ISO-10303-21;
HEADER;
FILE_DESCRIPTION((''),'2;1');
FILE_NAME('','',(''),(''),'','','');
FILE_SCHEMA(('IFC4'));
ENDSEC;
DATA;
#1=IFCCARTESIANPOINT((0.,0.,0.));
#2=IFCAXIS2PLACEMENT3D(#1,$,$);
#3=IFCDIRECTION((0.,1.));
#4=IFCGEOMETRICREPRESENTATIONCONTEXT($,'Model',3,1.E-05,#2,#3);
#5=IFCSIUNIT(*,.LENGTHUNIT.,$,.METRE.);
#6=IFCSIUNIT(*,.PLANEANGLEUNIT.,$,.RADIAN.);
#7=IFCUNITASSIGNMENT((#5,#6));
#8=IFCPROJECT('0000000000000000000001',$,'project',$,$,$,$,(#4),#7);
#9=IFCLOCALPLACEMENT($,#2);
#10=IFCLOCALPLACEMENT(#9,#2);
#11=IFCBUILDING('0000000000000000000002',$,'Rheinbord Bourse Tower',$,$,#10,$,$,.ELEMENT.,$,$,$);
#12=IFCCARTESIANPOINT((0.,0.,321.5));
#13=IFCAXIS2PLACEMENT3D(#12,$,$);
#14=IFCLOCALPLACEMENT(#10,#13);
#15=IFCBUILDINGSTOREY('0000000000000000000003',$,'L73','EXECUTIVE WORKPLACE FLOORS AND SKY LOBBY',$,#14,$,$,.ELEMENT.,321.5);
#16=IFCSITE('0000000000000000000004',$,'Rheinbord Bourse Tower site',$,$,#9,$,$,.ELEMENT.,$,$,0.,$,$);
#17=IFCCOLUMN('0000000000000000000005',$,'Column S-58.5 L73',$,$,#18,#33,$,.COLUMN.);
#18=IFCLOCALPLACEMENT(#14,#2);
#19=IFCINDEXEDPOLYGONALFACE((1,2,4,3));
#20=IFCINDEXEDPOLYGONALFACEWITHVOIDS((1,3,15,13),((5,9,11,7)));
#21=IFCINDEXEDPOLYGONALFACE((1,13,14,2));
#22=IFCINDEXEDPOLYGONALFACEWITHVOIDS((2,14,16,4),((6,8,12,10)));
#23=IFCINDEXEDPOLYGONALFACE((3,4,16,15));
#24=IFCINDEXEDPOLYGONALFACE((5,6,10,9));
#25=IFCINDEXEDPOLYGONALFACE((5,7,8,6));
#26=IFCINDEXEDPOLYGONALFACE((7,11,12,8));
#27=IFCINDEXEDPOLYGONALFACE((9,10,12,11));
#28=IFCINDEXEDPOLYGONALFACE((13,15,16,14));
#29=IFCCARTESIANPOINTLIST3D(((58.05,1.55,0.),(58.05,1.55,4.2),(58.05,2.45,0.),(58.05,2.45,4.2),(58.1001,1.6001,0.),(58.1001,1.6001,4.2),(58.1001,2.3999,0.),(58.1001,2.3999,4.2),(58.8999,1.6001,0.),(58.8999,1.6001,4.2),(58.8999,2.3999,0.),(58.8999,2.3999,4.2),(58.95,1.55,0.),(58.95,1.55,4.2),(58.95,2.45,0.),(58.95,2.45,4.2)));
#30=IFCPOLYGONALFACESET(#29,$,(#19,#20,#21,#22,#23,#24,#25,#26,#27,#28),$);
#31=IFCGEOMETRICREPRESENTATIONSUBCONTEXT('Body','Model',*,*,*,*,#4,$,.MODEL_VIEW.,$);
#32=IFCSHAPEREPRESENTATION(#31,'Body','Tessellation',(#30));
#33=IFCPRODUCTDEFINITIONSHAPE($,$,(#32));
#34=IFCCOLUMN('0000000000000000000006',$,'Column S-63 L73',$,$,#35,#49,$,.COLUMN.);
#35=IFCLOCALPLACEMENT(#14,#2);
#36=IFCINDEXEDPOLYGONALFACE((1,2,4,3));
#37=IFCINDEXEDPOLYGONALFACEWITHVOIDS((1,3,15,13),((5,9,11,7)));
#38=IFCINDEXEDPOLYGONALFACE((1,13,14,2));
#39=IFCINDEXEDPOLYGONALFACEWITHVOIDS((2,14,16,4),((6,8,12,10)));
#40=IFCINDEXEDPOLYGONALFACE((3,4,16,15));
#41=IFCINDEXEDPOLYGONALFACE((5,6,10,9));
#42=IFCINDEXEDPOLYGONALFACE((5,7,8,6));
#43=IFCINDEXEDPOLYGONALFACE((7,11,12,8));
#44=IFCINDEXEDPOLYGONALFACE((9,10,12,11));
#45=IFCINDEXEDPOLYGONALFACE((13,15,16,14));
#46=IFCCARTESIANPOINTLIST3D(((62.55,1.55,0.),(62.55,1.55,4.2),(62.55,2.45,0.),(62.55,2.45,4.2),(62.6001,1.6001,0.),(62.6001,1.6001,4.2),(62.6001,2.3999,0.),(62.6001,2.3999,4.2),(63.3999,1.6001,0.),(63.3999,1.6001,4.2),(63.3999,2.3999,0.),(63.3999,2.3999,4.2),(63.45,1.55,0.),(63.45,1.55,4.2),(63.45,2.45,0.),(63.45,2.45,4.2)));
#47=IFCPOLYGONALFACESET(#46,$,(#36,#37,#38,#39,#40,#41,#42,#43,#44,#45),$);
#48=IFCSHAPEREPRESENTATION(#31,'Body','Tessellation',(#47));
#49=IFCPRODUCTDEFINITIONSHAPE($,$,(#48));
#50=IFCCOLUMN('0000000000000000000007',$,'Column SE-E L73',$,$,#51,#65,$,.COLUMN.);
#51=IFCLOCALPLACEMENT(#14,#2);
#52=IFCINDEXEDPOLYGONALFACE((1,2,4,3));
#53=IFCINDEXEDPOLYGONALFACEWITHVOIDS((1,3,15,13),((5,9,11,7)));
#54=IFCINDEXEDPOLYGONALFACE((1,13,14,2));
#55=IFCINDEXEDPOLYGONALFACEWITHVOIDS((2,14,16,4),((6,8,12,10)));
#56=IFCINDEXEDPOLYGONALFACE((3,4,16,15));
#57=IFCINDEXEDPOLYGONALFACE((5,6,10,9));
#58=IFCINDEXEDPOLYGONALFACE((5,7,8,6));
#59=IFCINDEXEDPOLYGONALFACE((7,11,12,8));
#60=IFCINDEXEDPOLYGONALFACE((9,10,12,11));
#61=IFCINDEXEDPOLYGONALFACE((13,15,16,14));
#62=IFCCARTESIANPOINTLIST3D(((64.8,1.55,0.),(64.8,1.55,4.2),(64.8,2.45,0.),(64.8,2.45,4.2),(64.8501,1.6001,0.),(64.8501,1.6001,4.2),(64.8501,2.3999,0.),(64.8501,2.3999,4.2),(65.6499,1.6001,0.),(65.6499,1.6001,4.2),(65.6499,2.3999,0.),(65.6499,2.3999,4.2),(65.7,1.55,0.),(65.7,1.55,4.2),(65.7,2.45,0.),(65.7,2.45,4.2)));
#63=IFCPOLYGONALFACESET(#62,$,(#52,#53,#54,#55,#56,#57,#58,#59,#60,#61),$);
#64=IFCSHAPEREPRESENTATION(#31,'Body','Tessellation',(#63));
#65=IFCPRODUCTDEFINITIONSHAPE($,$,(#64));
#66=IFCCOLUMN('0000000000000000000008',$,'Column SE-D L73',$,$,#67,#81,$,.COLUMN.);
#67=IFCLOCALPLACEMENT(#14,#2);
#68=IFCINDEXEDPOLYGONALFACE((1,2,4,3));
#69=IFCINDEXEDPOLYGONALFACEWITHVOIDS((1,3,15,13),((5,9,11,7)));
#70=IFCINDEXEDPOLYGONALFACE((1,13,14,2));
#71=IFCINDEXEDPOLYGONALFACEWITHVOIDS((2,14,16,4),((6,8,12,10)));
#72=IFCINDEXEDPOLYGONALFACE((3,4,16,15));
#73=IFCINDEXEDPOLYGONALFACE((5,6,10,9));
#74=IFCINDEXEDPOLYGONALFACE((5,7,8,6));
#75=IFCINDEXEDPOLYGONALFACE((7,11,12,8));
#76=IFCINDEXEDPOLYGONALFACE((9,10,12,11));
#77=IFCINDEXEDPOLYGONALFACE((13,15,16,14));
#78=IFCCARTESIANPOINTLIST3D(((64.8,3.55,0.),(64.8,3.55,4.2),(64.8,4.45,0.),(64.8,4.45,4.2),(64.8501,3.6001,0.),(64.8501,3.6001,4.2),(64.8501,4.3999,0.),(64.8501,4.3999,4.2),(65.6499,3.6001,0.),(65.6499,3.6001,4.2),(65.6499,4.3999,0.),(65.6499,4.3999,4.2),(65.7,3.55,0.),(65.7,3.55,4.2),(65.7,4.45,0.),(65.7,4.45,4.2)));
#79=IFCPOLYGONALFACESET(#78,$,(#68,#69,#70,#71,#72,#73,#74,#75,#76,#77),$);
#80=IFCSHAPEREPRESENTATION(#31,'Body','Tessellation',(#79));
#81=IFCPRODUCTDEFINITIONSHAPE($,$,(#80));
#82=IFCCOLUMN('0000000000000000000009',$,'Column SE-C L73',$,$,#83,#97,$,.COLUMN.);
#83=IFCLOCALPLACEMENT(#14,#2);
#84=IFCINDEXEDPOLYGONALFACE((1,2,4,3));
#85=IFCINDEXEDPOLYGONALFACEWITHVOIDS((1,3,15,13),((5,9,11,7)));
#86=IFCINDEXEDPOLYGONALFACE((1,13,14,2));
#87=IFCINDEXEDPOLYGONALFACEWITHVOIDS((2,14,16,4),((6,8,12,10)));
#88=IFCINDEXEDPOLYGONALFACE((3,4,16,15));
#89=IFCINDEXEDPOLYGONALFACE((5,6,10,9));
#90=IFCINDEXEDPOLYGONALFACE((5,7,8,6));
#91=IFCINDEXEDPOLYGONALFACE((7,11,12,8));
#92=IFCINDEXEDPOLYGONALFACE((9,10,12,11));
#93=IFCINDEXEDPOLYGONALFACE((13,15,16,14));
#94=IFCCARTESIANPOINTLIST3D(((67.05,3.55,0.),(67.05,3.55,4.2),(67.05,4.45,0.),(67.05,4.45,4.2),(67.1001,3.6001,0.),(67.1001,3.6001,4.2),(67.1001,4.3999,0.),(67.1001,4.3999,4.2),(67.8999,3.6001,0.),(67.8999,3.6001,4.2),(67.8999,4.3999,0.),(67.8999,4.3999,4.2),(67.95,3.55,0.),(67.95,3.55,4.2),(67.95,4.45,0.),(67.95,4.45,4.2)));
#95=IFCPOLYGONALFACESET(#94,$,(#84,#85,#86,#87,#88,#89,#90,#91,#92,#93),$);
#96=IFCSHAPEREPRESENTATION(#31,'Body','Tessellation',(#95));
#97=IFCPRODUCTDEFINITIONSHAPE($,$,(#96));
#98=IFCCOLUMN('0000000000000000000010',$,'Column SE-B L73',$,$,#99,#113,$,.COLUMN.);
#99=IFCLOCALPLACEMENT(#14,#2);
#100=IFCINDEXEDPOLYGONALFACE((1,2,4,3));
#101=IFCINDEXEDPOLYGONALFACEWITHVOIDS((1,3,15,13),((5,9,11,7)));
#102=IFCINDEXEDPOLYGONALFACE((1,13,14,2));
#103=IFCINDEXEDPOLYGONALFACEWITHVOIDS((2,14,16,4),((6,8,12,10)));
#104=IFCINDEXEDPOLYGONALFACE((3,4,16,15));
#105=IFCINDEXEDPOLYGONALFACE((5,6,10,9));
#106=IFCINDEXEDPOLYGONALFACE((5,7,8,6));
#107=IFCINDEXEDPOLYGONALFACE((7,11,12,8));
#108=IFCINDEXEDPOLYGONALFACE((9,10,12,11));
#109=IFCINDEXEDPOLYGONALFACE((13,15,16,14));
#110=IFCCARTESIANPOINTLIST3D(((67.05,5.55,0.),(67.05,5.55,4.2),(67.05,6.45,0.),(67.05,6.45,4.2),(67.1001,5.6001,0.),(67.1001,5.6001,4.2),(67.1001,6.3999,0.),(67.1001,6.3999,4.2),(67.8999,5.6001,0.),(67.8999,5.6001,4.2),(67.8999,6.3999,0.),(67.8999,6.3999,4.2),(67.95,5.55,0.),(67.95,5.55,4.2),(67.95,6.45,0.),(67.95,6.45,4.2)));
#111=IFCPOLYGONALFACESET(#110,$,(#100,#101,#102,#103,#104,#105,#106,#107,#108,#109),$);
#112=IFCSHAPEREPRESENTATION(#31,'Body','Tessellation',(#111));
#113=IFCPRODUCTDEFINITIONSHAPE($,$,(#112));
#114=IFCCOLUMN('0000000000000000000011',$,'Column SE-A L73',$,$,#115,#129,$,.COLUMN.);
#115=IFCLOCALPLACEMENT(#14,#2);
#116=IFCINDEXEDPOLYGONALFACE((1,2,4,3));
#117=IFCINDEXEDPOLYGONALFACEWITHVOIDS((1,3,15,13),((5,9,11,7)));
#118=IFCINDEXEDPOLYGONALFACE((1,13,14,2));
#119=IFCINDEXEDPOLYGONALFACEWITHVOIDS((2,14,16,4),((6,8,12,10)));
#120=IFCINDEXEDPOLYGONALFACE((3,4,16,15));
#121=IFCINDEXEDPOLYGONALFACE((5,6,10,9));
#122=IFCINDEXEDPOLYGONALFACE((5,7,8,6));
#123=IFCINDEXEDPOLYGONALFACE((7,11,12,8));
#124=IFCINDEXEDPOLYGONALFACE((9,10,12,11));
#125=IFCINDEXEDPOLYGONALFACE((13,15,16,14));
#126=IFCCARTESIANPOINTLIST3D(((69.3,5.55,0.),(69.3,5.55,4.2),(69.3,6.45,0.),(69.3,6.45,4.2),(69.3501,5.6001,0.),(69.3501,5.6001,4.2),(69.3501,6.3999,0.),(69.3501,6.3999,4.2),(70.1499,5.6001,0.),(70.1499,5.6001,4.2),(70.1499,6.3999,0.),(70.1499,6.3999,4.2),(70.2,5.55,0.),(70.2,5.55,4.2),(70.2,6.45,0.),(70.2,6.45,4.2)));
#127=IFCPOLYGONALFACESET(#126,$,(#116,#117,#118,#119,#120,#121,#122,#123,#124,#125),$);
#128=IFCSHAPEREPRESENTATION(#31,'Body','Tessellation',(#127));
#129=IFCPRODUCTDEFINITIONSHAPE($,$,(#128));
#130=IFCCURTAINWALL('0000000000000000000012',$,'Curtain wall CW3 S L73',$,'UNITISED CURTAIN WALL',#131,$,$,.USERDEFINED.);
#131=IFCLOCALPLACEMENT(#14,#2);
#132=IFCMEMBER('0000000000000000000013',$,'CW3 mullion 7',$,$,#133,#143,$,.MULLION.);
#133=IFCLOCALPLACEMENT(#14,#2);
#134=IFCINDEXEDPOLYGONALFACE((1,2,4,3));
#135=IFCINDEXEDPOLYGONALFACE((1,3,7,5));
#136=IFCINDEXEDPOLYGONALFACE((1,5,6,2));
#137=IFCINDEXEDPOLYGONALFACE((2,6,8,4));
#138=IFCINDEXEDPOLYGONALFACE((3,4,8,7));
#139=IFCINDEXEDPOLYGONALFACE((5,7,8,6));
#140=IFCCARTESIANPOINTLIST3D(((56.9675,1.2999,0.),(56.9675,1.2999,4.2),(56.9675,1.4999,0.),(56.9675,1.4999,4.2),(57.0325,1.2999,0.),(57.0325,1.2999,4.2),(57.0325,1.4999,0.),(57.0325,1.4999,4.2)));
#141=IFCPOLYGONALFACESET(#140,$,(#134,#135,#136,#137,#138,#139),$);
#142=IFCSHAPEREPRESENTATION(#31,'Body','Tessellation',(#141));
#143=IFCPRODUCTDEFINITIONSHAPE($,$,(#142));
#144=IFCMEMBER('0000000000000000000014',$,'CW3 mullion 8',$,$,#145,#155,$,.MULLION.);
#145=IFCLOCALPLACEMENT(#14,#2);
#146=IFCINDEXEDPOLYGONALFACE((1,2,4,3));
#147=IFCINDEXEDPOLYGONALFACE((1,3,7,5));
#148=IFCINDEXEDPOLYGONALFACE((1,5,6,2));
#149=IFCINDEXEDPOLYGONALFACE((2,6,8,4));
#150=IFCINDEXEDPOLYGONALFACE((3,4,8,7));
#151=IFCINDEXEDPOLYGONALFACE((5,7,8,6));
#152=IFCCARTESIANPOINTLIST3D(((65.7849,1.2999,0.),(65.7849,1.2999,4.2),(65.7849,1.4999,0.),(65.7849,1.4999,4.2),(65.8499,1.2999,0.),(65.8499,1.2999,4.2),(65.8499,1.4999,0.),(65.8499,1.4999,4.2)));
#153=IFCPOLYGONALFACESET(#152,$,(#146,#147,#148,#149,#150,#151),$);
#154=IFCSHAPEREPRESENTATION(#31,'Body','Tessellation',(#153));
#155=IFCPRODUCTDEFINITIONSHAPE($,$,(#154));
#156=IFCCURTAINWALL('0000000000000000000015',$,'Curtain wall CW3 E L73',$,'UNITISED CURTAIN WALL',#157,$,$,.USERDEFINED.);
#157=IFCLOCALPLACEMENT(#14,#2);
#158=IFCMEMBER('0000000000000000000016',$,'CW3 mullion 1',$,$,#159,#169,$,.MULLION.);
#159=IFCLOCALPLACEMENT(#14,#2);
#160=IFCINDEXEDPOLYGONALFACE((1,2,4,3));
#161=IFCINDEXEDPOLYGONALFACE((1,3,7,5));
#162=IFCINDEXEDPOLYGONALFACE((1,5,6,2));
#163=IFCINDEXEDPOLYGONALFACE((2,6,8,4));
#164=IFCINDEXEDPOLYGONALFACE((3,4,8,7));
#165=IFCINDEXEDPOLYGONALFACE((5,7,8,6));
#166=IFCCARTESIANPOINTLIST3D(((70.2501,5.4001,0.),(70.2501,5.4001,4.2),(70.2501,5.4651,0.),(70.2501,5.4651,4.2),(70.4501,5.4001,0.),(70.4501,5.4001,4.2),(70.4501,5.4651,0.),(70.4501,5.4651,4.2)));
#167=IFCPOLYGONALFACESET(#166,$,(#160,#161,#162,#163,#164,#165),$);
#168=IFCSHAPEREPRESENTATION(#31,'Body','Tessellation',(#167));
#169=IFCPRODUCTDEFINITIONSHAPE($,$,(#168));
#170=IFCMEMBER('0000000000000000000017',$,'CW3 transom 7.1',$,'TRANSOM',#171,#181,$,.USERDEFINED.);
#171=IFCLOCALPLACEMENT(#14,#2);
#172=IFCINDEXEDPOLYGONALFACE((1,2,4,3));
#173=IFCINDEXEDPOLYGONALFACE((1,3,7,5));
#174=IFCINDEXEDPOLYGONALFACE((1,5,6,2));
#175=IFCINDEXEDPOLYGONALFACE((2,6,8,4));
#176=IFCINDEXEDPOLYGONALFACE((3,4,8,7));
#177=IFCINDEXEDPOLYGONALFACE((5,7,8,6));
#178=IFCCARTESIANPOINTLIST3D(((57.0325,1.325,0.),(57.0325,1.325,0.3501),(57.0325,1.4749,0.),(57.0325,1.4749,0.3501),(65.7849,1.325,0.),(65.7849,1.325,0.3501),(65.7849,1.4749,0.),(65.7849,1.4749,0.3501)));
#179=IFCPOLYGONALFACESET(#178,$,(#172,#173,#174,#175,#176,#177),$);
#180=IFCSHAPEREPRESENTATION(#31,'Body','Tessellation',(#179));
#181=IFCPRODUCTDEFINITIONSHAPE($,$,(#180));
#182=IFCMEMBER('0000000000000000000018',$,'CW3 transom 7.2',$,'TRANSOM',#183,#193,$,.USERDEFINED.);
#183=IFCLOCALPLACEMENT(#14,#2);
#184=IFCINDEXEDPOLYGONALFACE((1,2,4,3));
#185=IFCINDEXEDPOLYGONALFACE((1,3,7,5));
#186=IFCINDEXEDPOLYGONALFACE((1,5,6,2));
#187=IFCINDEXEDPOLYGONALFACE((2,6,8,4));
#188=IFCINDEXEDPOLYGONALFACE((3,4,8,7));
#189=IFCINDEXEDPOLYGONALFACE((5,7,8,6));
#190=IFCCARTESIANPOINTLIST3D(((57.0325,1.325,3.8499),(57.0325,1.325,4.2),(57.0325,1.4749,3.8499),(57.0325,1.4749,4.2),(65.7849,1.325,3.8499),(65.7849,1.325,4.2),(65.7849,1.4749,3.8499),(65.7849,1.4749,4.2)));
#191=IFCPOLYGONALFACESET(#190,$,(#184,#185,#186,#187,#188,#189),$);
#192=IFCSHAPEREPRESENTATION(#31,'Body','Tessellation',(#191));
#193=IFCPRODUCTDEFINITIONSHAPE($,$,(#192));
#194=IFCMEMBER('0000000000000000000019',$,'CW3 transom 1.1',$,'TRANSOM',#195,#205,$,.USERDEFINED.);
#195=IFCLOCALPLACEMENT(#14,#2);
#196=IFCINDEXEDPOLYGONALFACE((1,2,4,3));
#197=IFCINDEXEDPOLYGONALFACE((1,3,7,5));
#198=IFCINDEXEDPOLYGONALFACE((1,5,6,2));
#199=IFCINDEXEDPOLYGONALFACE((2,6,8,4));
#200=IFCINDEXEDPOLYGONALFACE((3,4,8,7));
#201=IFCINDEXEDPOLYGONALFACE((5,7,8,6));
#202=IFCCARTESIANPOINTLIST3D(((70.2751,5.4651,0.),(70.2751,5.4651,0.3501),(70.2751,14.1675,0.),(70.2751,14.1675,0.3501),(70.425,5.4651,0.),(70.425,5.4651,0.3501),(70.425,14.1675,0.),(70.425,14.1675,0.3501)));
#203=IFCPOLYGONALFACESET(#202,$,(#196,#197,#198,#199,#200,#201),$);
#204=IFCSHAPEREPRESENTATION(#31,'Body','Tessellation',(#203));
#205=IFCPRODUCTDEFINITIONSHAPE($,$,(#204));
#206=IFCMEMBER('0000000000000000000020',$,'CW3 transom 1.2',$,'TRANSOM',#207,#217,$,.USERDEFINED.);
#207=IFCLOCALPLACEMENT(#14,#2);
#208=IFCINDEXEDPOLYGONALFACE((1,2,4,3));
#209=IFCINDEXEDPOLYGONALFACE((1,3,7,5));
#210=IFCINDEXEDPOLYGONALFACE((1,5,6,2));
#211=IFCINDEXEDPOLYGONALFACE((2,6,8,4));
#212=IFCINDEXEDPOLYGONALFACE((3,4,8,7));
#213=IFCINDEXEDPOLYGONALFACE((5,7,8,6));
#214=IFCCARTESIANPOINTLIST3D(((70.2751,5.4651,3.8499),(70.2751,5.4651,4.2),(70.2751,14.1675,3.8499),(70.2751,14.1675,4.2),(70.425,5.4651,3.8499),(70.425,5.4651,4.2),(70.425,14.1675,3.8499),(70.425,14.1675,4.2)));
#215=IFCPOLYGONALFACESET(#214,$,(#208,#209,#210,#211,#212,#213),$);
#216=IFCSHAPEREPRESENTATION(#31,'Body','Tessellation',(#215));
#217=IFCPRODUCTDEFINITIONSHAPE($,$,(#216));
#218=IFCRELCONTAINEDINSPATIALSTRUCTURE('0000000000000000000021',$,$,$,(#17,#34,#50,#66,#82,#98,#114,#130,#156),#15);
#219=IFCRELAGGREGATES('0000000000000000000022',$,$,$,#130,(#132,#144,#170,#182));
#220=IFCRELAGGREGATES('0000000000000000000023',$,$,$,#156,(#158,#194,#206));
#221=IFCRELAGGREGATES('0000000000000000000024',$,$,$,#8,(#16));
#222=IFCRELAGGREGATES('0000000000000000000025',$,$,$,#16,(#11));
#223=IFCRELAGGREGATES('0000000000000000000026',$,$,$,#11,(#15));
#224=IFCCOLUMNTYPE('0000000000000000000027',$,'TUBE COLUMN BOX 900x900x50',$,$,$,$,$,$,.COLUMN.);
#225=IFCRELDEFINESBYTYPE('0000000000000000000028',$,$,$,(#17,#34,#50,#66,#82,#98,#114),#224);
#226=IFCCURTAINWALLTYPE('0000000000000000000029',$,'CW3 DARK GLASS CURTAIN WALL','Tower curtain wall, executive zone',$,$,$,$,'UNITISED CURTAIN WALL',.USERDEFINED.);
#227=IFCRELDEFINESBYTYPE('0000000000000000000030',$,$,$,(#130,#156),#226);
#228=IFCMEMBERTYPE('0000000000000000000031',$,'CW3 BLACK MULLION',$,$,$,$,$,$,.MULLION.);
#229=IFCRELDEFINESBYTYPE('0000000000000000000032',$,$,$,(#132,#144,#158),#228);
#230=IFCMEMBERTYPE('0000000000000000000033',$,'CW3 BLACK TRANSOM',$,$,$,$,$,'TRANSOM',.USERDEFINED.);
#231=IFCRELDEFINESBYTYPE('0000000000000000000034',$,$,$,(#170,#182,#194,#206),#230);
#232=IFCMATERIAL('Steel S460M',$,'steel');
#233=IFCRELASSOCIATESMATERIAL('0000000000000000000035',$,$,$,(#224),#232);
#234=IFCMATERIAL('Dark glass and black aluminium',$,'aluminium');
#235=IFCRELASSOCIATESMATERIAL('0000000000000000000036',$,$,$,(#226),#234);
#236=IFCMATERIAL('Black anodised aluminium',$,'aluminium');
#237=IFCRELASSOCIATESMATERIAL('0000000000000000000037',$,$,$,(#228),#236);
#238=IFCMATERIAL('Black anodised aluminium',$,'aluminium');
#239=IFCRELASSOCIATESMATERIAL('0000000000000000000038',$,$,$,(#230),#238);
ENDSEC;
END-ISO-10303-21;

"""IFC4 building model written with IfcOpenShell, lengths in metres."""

from ifc_helpers import new_model, si_unit, direction, frame, origin, origin_2d, place, context, subcontext, project, spatial, rectangle, hollow_rectangle, extrude, material, material_profile, profile_set, type_object, element, aggregate, save


model = new_model("IFC4")

# Units and contexts
model_context = context("Model", 3, precision=1e-05, world=origin(), true_north=direction((0.0, 1.0)))
body_context = subcontext(model_context, "Body", "Model", "MODEL_VIEW")
ifc_project = project(units=[si_unit("LENGTHUNIT", "METRE"), si_unit("PLANEANGLEUNIT", "RADIAN")], contexts=[model_context])

# Site, building, storey
site_placement = place(None, origin())
site = spatial("IfcSite", under=ifc_project, at=site_placement, Name="Rheinbord Bourse Tower site", CompositionType="ELEMENT", RefElevation=0.0)
building_placement = place(site_placement, origin())
building = spatial("IfcBuilding", under=site, at=building_placement, Name="Rheinbord Bourse Tower", CompositionType="ELEMENT")
storey_placement = place(building_placement, frame((0.0, 0.0, 321.5)))
storey = spatial("IfcBuildingStorey", under=building, at=storey_placement, Name="L73", Description="EXECUTIVE WORKPLACE FLOORS AND SKY LOBBY", CompositionType="ELEMENT", Elevation=321.5)

# Columns
ifc_material_1 = material(Name="Steel S460M", Category="steel")
ifc_material_profile_1 = material_profile(ifc_material_1, hollow_rectangle(XDim=0.8999, YDim=0.8999, WallThickness=0.05, at=origin_2d()), Name="BOX 900x900x50")
ifc_profile_set_1 = profile_set([ifc_material_profile_1], Name="Steel S460M")
column_type = type_object("IfcColumnType", Name="TUBE COLUMN BOX 900x900x50", PredefinedType="COLUMN", material=ifc_profile_set_1)
for number, where, z_axis, x_axis, name in (
    (1, (58.5, 2.0, 0.0), (0.0, 0.0, 1.0), (0.0, 1.0, 0.0), "Column S-58.5 L73"),
    (2, (63.0, 2.0, 0.0), (0.0, 0.0, 1.0), (0.0, 1.0, 0.0), "Column S-63 L73"),
    (3, (65.25, 2.0, 0.0), (0.0, 0.0, 1.0), (0.0, 1.0, 0.0), "Column SE-E L73"),
    (4, (65.25, 4.0, 0.0), (0.0, 0.0, 1.0), (0.0, 1.0, 0.0), "Column SE-D L73"),
    (5, (67.5, 4.0, 0.0), (0.0, 0.0, 1.0), (1.0, 0.0, 0.0), "Column SE-C L73"),
    (6, (67.5, 6.0, 0.0), (0.0, 0.0, 1.0), (1.0, 0.0, 0.0), "Column SE-B L73"),
    (7, (69.75, 6.0, 0.0), (0.0, 0.0, 1.0), (1.0, 0.0, 0.0), "Column SE-A L73"),
):
    element("IfcColumn", number, at=place(storey_placement, frame(where, z_axis=z_axis, x_axis=x_axis)), inside=storey, type_object=column_type, Name=name, PredefinedType="COLUMN", context=body_context, shape_type="SweptSolid", body=[
        extrude(hollow_rectangle(XDim=0.8999, YDim=0.8999, WallThickness=0.05, at=origin_2d()), origin(), (0.0, 0.0, 1.0), 4.2),
    ])

# Curtain wall, members
ifc_material_2 = material(Name="Dark glass and black aluminium", Category="aluminium")
curtain_wall_type = type_object("IfcCurtainWallType", Name="CW3 DARK GLASS CURTAIN WALL", Description="Tower curtain wall, executive zone", ElementType="UNITISED CURTAIN WALL", PredefinedType="USERDEFINED", material=ifc_material_2)
curtain_wall_1_placement = place(storey_placement, origin())
curtain_wall_1 = element("IfcCurtainWall", 8, at=curtain_wall_1_placement, inside=storey, type_object=curtain_wall_type, Name="Curtain wall CW3 S L73", ObjectType="UNITISED CURTAIN WALL", PredefinedType="USERDEFINED")
ifc_material_3 = material(Name="Black anodised aluminium", Category="aluminium")
ifc_material_profile_2 = material_profile(ifc_material_3, rectangle(XDim=0.2, YDim=0.0649, at=origin_2d()), Name="CW3 MULLION 65x200")
ifc_profile_set_2 = profile_set([ifc_material_profile_2], Name="Black anodised aluminium")
member_type_1 = type_object("IfcMemberType", Name="CW3 BLACK MULLION", PredefinedType="MULLION", material=ifc_profile_set_2)
member_1_placement = place(storey_placement, frame((57.0, 1.3999, 0.0), z_axis=(0.0, 0.0, 1.0), x_axis=(0.0, 1.0, 0.0)))
member_1 = element("IfcMember", 9, at=member_1_placement, type_object=member_type_1, Name="CW3 mullion 7", PredefinedType="MULLION", context=body_context, shape_type="SweptSolid", body=[
    extrude(rectangle(XDim=0.2, YDim=0.0649, at=origin_2d()), origin(), (0.0, 0.0, 1.0), 4.2),
])
member_2_placement = place(storey_placement, frame((65.8174, 1.3999, 0.0), z_axis=(0.0, 0.0, 1.0), x_axis=(0.0, 1.0, 0.0)))
member_2 = element("IfcMember", 10, at=member_2_placement, type_object=member_type_1, Name="CW3 mullion 8", PredefinedType="MULLION", context=body_context, shape_type="SweptSolid", body=[
    extrude(rectangle(XDim=0.2, YDim=0.0649, at=origin_2d()), origin(), (0.0, 0.0, 1.0), 4.2),
])

# Curtain wall, member
curtain_wall_2_placement = place(storey_placement, origin())
curtain_wall_2 = element("IfcCurtainWall", 11, at=curtain_wall_2_placement, inside=storey, type_object=curtain_wall_type, Name="Curtain wall CW3 E L73", ObjectType="UNITISED CURTAIN WALL", PredefinedType="USERDEFINED")
member_3_placement = place(storey_placement, frame((70.3501, 5.4326, 0.0), z_axis=(0.0, 0.0, 1.0), x_axis=(-1.0, 0.0, 0.0)))
member_3 = element("IfcMember", 12, at=member_3_placement, type_object=member_type_1, Name="CW3 mullion 1", PredefinedType="MULLION", context=body_context, shape_type="SweptSolid", body=[
    extrude(rectangle(XDim=0.2, YDim=0.0649, at=origin_2d()), origin(), (0.0, 0.0, 1.0), 4.2),
])

# Members
ifc_material_4 = material(Name="Black anodised aluminium", Category="aluminium")
ifc_material_profile_3 = material_profile(ifc_material_4, rectangle(XDim=0.1499, YDim=0.3501, at=origin_2d()), Name="CW3 TRANSOM 350x150")
ifc_profile_set_3 = profile_set([ifc_material_profile_3], Name="Black anodised aluminium")
member_type_2 = type_object("IfcMemberType", Name="CW3 BLACK TRANSOM", ElementType="TRANSOM", PredefinedType="USERDEFINED", material=ifc_profile_set_3)
member_4_placement = place(storey_placement, frame((57.0325, 1.3999, 0.175), z_axis=(1.0, 0.0, 0.0), x_axis=(0.0, 1.0, 0.0)))
member_4 = element("IfcMember", 13, at=member_4_placement, type_object=member_type_2, Name="CW3 transom 7.1", ObjectType="TRANSOM", PredefinedType="USERDEFINED", context=body_context, shape_type="SweptSolid", body=[
    extrude(rectangle(XDim=0.1499, YDim=0.3501, at=origin_2d()), origin(), (0.0, 0.0, 1.0), 8.7524),
])
member_5_placement = place(storey_placement, frame((57.0325, 1.3999, 4.0249), z_axis=(1.0, 0.0, 0.0), x_axis=(0.0, 1.0, 0.0)))
member_5 = element("IfcMember", 14, at=member_5_placement, type_object=member_type_2, Name="CW3 transom 7.2", ObjectType="TRANSOM", PredefinedType="USERDEFINED", context=body_context, shape_type="SweptSolid", body=[
    extrude(rectangle(XDim=0.1499, YDim=0.3501, at=origin_2d()), origin(), (0.0, 0.0, 1.0), 8.7524),
])
member_6_placement = place(storey_placement, frame((70.3501, 5.4651, 0.175), z_axis=(0.0, 1.0, 0.0), x_axis=(-1.0, 0.0, 0.0)))
member_6 = element("IfcMember", 15, at=member_6_placement, type_object=member_type_2, Name="CW3 transom 1.1", ObjectType="TRANSOM", PredefinedType="USERDEFINED", context=body_context, shape_type="SweptSolid", body=[
    extrude(rectangle(XDim=0.1499, YDim=0.3501, at=origin_2d()), origin(), (0.0, 0.0, 1.0), 8.7024),
])
member_7_placement = place(storey_placement, frame((70.3501, 5.4651, 4.0249), z_axis=(0.0, 1.0, 0.0), x_axis=(-1.0, 0.0, 0.0)))
member_7 = element("IfcMember", 16, at=member_7_placement, type_object=member_type_2, Name="CW3 transom 1.2", ObjectType="TRANSOM", PredefinedType="USERDEFINED", context=body_context, shape_type="SweptSolid", body=[
    extrude(rectangle(XDim=0.1499, YDim=0.3501, at=origin_2d()), origin(), (0.0, 0.0, 1.0), 8.7024),
])

aggregate(curtain_wall_1, [member_1, member_2, member_4, member_5])
aggregate(curtain_wall_2, [member_3, member_6, member_7])

save(model, "model.ifc")
